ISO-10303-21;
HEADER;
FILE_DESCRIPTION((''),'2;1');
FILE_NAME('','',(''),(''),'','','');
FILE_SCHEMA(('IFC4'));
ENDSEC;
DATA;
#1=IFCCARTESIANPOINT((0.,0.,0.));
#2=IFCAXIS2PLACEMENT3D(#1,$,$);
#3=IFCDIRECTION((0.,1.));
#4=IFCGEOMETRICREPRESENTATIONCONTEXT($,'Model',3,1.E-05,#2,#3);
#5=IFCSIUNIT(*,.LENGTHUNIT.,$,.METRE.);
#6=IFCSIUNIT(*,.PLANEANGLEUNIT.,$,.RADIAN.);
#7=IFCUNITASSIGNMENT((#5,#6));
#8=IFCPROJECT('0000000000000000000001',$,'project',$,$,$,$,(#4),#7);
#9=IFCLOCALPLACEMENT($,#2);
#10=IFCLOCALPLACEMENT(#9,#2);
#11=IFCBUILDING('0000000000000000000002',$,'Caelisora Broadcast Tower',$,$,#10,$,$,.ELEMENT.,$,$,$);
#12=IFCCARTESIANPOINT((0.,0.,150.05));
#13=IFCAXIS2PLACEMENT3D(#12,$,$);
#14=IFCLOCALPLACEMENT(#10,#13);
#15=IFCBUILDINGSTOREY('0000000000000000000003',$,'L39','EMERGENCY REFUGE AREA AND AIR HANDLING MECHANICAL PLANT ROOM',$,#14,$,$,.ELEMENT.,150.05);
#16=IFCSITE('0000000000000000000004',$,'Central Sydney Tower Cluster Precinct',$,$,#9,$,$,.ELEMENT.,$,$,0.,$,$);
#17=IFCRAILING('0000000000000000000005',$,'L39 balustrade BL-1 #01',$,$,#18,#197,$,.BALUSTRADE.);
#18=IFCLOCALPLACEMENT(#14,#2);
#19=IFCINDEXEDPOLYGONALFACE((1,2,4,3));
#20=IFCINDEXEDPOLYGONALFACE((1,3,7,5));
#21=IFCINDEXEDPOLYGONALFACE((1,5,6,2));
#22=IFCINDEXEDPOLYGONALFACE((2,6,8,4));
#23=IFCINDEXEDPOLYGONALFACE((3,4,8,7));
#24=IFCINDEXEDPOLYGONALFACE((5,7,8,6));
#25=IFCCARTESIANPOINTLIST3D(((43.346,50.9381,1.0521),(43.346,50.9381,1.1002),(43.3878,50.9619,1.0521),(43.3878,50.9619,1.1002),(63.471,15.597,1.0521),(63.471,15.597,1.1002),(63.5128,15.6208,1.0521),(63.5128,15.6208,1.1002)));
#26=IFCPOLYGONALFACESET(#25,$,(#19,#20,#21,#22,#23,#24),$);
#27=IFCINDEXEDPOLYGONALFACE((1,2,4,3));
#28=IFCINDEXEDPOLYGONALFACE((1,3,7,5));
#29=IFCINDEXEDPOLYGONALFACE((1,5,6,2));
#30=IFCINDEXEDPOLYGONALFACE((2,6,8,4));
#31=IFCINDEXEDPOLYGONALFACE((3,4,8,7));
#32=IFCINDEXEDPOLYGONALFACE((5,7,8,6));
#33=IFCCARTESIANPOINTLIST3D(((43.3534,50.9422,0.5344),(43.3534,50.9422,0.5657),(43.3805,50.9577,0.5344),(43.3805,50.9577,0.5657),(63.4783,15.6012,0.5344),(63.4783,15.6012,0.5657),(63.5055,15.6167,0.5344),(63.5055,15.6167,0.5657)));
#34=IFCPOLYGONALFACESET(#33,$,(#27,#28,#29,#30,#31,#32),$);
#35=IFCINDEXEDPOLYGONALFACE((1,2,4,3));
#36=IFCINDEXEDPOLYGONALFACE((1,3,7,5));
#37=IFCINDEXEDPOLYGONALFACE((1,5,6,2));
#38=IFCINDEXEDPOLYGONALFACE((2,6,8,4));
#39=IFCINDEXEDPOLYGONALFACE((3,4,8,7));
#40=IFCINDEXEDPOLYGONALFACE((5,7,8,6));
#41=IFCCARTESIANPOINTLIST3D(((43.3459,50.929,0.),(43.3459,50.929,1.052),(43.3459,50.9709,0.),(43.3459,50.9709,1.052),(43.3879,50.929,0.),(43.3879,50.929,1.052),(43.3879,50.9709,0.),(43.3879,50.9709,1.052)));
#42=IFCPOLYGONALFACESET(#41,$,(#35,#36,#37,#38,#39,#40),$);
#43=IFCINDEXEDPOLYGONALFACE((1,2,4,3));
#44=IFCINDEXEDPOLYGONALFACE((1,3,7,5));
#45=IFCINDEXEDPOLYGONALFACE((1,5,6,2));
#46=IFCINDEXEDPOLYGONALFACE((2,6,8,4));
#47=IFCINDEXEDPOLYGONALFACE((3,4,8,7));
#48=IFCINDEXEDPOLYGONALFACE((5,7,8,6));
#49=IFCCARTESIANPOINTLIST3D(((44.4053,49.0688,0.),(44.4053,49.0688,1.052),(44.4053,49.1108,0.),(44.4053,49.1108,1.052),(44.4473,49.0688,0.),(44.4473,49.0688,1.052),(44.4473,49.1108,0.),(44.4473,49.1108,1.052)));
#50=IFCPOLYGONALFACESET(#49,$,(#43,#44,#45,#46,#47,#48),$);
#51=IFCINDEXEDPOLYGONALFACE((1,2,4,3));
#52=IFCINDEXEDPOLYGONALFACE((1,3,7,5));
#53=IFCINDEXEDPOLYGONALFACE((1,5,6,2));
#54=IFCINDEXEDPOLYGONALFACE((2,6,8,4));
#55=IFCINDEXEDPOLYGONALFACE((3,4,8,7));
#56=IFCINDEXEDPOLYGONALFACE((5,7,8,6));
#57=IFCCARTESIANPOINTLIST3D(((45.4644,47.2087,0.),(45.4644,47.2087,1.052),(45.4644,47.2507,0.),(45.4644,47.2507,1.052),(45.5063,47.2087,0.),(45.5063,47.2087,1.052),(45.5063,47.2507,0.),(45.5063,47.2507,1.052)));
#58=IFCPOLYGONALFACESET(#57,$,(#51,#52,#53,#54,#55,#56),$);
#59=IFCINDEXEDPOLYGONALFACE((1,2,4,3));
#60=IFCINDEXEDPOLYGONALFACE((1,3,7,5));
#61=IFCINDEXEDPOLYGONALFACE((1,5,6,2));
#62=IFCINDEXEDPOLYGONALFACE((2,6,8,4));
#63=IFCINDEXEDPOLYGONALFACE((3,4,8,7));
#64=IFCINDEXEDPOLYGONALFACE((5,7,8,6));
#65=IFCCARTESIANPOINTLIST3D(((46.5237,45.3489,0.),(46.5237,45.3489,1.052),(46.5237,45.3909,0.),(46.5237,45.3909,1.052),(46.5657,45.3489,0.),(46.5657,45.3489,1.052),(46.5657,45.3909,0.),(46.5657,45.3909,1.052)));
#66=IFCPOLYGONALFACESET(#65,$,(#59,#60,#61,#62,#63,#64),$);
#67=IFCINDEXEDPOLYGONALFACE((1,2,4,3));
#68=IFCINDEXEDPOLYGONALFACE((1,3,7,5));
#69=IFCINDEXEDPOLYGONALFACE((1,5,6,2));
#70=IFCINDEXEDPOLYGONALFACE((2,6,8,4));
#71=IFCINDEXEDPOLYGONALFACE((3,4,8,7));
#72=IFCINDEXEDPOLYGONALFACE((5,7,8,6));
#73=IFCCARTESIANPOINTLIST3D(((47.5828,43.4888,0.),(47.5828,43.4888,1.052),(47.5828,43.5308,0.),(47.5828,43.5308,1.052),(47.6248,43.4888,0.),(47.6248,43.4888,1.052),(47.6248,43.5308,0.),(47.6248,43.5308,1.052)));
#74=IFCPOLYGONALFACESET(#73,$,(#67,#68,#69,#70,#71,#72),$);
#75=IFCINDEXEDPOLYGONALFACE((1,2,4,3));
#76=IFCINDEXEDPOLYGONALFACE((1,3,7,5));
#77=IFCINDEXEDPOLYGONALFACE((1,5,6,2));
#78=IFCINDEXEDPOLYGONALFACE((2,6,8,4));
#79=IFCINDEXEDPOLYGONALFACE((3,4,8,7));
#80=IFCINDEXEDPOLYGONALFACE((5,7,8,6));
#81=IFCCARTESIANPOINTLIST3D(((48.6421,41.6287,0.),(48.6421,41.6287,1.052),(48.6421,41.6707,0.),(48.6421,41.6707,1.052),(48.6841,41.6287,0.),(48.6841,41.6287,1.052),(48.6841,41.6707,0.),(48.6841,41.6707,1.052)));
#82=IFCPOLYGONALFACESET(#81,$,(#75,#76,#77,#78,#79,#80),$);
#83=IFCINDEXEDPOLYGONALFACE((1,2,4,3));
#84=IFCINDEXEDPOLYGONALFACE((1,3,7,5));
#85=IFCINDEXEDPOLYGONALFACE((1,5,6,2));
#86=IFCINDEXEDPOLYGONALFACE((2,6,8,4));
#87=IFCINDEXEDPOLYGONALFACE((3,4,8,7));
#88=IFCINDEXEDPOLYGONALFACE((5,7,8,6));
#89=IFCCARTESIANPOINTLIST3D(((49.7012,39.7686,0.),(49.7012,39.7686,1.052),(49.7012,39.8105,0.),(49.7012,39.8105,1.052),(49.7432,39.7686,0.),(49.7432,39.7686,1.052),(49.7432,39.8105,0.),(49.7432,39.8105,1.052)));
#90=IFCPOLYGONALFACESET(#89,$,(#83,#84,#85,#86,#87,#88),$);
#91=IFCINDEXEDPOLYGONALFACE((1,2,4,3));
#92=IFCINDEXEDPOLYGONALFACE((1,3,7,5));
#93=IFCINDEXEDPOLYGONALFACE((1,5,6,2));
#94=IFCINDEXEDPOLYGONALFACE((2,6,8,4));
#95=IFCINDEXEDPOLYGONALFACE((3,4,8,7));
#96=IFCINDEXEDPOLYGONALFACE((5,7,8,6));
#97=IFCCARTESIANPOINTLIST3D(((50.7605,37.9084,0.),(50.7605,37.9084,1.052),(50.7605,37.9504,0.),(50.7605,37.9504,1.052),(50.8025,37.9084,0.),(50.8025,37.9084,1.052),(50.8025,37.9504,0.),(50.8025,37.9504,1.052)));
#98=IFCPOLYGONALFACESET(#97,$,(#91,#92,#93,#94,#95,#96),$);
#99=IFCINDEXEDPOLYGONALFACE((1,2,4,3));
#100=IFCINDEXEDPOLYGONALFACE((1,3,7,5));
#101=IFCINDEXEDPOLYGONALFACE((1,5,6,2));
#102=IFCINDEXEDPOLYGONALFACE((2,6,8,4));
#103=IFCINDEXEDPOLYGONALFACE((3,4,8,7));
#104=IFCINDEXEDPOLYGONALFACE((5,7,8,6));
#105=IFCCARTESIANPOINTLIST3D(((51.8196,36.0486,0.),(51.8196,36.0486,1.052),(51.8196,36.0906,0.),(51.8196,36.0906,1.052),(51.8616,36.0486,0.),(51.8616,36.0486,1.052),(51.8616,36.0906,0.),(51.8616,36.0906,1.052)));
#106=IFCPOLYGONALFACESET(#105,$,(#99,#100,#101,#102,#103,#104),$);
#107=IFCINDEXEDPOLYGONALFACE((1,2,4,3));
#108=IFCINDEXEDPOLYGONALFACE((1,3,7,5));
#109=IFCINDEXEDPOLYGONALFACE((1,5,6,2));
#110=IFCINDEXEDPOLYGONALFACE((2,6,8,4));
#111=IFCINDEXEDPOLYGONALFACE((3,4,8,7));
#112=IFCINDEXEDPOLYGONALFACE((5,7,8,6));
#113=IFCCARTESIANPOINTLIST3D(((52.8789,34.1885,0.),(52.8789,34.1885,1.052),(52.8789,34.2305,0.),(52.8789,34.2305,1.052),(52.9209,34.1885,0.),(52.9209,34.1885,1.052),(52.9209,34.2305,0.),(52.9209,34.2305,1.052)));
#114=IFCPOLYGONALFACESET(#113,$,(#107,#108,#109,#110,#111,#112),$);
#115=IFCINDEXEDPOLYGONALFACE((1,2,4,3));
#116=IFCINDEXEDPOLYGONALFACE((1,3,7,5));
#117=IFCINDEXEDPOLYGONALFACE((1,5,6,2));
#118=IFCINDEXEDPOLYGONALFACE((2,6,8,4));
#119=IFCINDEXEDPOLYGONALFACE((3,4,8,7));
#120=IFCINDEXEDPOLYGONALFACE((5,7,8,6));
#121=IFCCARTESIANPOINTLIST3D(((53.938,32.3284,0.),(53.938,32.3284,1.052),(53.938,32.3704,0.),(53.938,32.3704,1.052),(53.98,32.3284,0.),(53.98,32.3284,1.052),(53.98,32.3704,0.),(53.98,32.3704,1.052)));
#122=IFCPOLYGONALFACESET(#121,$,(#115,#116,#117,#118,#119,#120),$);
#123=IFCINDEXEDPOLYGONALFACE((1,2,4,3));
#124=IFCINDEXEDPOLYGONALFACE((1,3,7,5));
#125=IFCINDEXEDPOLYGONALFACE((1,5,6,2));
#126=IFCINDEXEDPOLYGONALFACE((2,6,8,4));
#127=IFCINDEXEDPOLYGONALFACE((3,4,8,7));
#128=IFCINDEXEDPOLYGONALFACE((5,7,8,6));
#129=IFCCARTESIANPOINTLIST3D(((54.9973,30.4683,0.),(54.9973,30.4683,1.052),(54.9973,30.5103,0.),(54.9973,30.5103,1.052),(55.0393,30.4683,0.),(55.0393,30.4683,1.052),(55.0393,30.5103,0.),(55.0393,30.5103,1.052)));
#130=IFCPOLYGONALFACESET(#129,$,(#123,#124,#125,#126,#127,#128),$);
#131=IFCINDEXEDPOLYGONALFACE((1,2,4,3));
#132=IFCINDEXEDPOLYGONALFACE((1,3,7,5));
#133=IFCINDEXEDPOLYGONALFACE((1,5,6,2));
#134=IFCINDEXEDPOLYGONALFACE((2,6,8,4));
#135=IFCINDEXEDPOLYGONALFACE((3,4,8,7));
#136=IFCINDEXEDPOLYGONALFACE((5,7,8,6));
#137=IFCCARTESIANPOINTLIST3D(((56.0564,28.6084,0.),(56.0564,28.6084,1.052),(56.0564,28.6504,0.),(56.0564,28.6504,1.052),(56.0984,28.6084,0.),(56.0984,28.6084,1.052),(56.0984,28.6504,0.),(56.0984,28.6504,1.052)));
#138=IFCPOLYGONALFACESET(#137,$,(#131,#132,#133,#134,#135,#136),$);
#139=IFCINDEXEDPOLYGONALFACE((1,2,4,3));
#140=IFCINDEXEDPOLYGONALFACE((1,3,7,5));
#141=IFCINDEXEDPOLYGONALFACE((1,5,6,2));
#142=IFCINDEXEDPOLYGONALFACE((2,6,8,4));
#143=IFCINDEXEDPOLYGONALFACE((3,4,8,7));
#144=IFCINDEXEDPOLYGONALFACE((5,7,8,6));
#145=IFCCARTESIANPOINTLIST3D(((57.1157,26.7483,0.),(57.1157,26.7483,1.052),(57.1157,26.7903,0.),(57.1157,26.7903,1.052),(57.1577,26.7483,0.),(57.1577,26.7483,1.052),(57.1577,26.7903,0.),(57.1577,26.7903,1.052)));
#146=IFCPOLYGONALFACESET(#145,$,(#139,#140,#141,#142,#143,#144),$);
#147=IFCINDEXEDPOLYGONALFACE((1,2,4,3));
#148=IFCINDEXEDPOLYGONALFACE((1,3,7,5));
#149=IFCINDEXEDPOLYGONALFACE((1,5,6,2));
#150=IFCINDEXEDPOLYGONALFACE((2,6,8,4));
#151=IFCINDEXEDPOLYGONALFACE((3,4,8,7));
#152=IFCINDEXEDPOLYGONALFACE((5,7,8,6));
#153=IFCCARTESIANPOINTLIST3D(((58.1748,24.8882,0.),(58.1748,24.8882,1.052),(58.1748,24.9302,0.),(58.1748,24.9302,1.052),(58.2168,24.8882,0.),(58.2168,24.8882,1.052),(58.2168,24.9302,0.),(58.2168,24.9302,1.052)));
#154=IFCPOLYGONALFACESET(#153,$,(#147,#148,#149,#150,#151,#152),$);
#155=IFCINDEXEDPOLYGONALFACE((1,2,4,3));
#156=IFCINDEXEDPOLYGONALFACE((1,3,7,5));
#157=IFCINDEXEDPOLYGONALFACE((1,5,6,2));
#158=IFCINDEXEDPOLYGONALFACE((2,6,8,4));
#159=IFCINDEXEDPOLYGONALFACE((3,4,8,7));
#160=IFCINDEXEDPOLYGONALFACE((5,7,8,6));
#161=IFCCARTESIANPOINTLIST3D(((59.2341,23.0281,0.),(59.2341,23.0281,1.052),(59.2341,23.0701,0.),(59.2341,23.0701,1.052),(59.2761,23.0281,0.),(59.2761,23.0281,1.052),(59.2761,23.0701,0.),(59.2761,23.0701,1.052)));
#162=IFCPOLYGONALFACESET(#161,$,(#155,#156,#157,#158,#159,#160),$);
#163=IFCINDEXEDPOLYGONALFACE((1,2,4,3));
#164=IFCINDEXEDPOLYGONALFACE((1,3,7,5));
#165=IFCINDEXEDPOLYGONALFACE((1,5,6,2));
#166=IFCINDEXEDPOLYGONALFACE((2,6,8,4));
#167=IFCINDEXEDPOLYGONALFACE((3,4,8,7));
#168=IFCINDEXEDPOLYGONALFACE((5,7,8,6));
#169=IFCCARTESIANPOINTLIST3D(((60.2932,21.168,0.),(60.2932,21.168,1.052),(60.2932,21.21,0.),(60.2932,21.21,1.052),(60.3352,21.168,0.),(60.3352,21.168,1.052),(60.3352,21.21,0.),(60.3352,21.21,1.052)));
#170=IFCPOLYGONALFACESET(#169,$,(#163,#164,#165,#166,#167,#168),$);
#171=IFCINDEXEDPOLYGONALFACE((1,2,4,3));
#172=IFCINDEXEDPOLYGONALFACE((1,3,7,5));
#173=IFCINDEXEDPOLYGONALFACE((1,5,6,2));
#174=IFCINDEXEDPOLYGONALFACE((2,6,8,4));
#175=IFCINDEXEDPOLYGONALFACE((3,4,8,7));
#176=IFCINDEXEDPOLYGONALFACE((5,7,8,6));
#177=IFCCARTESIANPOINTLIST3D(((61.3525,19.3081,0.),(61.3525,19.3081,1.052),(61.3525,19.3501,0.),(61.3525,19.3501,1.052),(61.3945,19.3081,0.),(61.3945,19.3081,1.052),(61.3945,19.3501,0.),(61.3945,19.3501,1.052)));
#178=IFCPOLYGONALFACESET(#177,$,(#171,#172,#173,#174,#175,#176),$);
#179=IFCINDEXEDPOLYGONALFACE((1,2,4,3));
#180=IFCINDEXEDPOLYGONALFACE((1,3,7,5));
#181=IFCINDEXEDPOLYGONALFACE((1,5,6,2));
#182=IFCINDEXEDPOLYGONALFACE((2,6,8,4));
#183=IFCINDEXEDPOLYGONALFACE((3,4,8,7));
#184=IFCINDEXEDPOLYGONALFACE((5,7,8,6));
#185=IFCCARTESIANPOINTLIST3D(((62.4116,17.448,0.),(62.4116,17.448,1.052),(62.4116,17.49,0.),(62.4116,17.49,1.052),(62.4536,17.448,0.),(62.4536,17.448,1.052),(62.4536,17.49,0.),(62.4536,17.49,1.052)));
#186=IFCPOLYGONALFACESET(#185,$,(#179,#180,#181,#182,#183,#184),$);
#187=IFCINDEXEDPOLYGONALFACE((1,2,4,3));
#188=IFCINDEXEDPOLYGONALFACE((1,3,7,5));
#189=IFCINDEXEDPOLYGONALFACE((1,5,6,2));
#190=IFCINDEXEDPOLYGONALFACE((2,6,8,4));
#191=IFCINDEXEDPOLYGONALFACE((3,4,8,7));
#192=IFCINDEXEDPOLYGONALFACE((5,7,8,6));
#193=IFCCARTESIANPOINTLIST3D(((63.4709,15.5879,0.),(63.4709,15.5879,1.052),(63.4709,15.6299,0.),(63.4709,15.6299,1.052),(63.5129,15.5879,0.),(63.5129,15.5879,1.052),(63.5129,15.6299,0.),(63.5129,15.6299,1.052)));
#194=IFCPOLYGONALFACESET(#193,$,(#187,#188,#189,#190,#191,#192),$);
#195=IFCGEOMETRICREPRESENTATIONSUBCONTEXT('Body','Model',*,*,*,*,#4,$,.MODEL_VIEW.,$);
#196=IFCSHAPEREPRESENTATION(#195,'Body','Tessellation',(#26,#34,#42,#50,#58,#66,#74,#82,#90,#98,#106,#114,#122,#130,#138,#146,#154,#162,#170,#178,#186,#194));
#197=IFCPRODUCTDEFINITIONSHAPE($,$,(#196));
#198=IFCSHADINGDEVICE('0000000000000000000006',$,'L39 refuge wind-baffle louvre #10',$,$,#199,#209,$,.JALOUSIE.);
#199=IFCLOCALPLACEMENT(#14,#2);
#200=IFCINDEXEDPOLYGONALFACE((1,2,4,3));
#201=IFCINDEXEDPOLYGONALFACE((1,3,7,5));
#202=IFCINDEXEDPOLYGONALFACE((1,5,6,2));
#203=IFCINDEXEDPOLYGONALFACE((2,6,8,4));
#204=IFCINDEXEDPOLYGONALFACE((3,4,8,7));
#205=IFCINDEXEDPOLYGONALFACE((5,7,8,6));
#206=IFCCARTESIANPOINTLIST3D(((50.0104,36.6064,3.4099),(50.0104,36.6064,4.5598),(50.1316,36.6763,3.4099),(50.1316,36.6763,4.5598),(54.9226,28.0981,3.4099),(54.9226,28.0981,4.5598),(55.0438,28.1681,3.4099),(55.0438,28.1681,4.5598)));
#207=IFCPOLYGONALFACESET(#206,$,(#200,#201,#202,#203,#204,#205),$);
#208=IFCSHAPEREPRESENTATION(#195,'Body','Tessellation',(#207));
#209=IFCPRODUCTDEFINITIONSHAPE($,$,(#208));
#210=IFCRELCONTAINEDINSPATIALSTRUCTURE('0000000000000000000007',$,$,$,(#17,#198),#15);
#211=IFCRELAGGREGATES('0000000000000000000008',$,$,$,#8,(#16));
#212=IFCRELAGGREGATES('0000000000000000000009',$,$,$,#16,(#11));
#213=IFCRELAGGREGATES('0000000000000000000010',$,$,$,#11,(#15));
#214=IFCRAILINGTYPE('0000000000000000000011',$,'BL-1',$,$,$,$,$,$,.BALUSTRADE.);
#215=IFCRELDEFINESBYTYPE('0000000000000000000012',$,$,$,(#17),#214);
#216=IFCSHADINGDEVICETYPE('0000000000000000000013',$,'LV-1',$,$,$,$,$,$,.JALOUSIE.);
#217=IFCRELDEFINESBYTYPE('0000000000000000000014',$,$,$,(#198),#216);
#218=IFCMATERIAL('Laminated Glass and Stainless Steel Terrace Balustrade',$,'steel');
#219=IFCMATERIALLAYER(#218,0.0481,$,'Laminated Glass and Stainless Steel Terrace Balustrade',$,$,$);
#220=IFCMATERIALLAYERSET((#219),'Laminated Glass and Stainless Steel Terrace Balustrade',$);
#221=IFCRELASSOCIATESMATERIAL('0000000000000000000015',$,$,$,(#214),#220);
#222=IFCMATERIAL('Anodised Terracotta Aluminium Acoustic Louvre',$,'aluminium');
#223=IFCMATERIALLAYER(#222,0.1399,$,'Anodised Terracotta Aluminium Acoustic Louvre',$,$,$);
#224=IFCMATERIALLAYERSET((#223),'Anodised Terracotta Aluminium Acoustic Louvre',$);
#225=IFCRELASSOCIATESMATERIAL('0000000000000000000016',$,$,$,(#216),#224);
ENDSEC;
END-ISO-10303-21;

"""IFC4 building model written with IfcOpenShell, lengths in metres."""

from ifc_helpers import new_model, si_unit, direction, frame, origin, origin_2d, place, context, subcontext, project, spatial, rectangle, extrude, source, transform, mapped, material, layer, layer_set, type_object, type_shapes, element, save


model = new_model("IFC4")

# Units and contexts
model_context = context("Model", 3, precision=1e-05, world=origin(), true_north=direction((0.0, 1.0)))
body_context = subcontext(model_context, "Body", "Model", "MODEL_VIEW")
ifc_project = project(units=[si_unit("LENGTHUNIT", "METRE"), si_unit("PLANEANGLEUNIT", "RADIAN")], contexts=[model_context])

# Site, building, storey
site_placement = place(None, origin())
site = spatial("IfcSite", under=ifc_project, at=site_placement, Name="Central Sydney Tower Cluster Precinct", CompositionType="ELEMENT", RefElevation=0.0)
building_placement = place(site_placement, origin())
building = spatial("IfcBuilding", under=site, at=building_placement, Name="Caelisora Broadcast Tower", CompositionType="ELEMENT")
storey_placement = place(building_placement, frame((0.0, 0.0, 150.05)))
storey = spatial("IfcBuildingStorey", under=building, at=storey_placement, Name="L39", Description="EMERGENCY REFUGE AREA AND AIR HANDLING MECHANICAL PLANT ROOM", CompositionType="ELEMENT", Elevation=150.05)

# Railing
ifc_material_1 = material(Name="Laminated Glass and Stainless Steel Terrace Balustrade", Category="steel")
ifc_layer_1 = layer(ifc_material_1, 0.0481, Name="Laminated Glass and Stainless Steel Terrace Balustrade")
ifc_layer_set_1 = layer_set([ifc_layer_1], Name="Laminated Glass and Stainless Steel Terrace Balustrade")
railing_type = type_object("IfcRailingType", Name="BL-1", PredefinedType="BALUSTRADE", material=ifc_layer_set_1)
railing_placement = place(storey_placement, frame((43.3669, 50.95, 0.0)))
element("IfcRailing", 1, at=railing_placement, inside=storey, type_object=railing_type, Name="L39 balustrade BL-1 #01", PredefinedType="BALUSTRADE", context=body_context, shape_type="SweptSolid", body=[
    extrude(rectangle(XDim=0.0481, YDim=0.0481, at=origin_2d()), frame((0.0, 0.0, 1.0762), z_axis=(0.494843, -0.868982, 0.0), x_axis=(0.868982, 0.494843, 0.0)), (0.0, 0.0, 1.0), 40.6694),
    extrude(rectangle(XDim=0.0312, YDim=0.0312, at=origin_2d()), frame((0.0, 0.0, 0.55), z_axis=(0.494843, -0.868982, 0.0), x_axis=(0.868982, 0.494843, 0.0)), (0.0, 0.0, 1.0), 40.6694),
    extrude(rectangle(XDim=0.042, YDim=0.042, at=origin_2d()), origin(), (0.0, 0.0, 1.0), 1.052),
    extrude(rectangle(XDim=0.042, YDim=0.042, at=origin_2d()), frame((1.0593, -1.8601, 0.0)), (0.0, 0.0, 1.0), 1.052),
    extrude(rectangle(XDim=0.042, YDim=0.042, at=origin_2d()), frame((2.1184, -3.7202, 0.0)), (0.0, 0.0, 1.0), 1.052),
    extrude(rectangle(XDim=0.042, YDim=0.042, at=origin_2d()), frame((3.1777, -5.5801, 0.0)), (0.0, 0.0, 1.0), 1.052),
    extrude(rectangle(XDim=0.042, YDim=0.042, at=origin_2d()), frame((4.2368, -7.4402, 0.0)), (0.0, 0.0, 1.0), 1.052),
    extrude(rectangle(XDim=0.042, YDim=0.042, at=origin_2d()), frame((5.2961, -9.3003, 0.0)), (0.0, 0.0, 1.0), 1.052),
    extrude(rectangle(XDim=0.042, YDim=0.042, at=origin_2d()), frame((6.3552, -11.1604, 0.0)), (0.0, 0.0, 1.0), 1.052),
    extrude(rectangle(XDim=0.042, YDim=0.042, at=origin_2d()), frame((7.4146, -13.0205, 0.0)), (0.0, 0.0, 1.0), 1.052),
    extrude(rectangle(XDim=0.042, YDim=0.042, at=origin_2d()), frame((8.4736, -14.8804, 0.0)), (0.0, 0.0, 1.0), 1.052),
    extrude(rectangle(XDim=0.042, YDim=0.042, at=origin_2d()), frame((9.533, -16.7405, 0.0)), (0.0, 0.0, 1.0), 1.052),
    extrude(rectangle(XDim=0.042, YDim=0.042, at=origin_2d()), frame((10.592, -18.6006, 0.0)), (0.0, 0.0, 1.0), 1.052),
    extrude(rectangle(XDim=0.042, YDim=0.042, at=origin_2d()), frame((11.6514, -20.4607, 0.0)), (0.0, 0.0, 1.0), 1.052),
    extrude(rectangle(XDim=0.042, YDim=0.042, at=origin_2d()), frame((12.7104, -22.3206, 0.0)), (0.0, 0.0, 1.0), 1.052),
    extrude(rectangle(XDim=0.042, YDim=0.042, at=origin_2d()), frame((13.7698, -24.1807, 0.0)), (0.0, 0.0, 1.0), 1.052),
    extrude(rectangle(XDim=0.042, YDim=0.042, at=origin_2d()), frame((14.8289, -26.0408, 0.0)), (0.0, 0.0, 1.0), 1.052),
    extrude(rectangle(XDim=0.042, YDim=0.042, at=origin_2d()), frame((15.8882, -27.9009, 0.0)), (0.0, 0.0, 1.0), 1.052),
    extrude(rectangle(XDim=0.042, YDim=0.042, at=origin_2d()), frame((16.9473, -29.761, 0.0)), (0.0, 0.0, 1.0), 1.052),
    extrude(rectangle(XDim=0.042, YDim=0.042, at=origin_2d()), frame((18.0066, -31.6208, 0.0)), (0.0, 0.0, 1.0), 1.052),
    extrude(rectangle(XDim=0.042, YDim=0.042, at=origin_2d()), frame((19.0657, -33.481, 0.0)), (0.0, 0.0, 1.0), 1.052),
    extrude(rectangle(XDim=0.042, YDim=0.042, at=origin_2d()), frame((20.125, -35.3411, 0.0)), (0.0, 0.0, 1.0), 1.052),
])

# Shading device
ifc_material_2 = material(Name="Anodised Terracotta Aluminium Acoustic Louvre", Category="aluminium")
ifc_layer_2 = layer(ifc_material_2, 0.1399, Name="Anodised Terracotta Aluminium Acoustic Louvre")
ifc_layer_set_2 = layer_set([ifc_layer_2], Name="Anodised Terracotta Aluminium Acoustic Louvre")
shading_device_type = type_object("IfcShadingDeviceType", Name="LV-1", PredefinedType="JALOUSIE", material=ifc_layer_set_2)
shared_shape_1 = source(origin(), body_context, "Body", "SweptSolid", [
    extrude(rectangle(XDim=9.8245, YDim=0.1399, at=origin_2d()), origin(), (0.0, 0.0, 1.0), 1.1499),
])
type_shapes(shading_device_type, [shared_shape_1])
shading_device_placement = place(storey_placement, frame((52.5271, 32.3872, 3.4099), z_axis=(0.0, 0.0, 1.0), x_axis=(-0.5, 0.866025, 0.0)))
element("IfcShadingDevice", 2, at=shading_device_placement, inside=storey, type_object=shading_device_type, Name="L39 refuge wind-baffle louvre #10", PredefinedType="JALOUSIE", context=body_context, shape_type="MappedRepresentation", body=[
    mapped(shared_shape_1, transform((0.0, 0.0, 0.0), scale=1.0)),
])

save(model, "model.ifc")
